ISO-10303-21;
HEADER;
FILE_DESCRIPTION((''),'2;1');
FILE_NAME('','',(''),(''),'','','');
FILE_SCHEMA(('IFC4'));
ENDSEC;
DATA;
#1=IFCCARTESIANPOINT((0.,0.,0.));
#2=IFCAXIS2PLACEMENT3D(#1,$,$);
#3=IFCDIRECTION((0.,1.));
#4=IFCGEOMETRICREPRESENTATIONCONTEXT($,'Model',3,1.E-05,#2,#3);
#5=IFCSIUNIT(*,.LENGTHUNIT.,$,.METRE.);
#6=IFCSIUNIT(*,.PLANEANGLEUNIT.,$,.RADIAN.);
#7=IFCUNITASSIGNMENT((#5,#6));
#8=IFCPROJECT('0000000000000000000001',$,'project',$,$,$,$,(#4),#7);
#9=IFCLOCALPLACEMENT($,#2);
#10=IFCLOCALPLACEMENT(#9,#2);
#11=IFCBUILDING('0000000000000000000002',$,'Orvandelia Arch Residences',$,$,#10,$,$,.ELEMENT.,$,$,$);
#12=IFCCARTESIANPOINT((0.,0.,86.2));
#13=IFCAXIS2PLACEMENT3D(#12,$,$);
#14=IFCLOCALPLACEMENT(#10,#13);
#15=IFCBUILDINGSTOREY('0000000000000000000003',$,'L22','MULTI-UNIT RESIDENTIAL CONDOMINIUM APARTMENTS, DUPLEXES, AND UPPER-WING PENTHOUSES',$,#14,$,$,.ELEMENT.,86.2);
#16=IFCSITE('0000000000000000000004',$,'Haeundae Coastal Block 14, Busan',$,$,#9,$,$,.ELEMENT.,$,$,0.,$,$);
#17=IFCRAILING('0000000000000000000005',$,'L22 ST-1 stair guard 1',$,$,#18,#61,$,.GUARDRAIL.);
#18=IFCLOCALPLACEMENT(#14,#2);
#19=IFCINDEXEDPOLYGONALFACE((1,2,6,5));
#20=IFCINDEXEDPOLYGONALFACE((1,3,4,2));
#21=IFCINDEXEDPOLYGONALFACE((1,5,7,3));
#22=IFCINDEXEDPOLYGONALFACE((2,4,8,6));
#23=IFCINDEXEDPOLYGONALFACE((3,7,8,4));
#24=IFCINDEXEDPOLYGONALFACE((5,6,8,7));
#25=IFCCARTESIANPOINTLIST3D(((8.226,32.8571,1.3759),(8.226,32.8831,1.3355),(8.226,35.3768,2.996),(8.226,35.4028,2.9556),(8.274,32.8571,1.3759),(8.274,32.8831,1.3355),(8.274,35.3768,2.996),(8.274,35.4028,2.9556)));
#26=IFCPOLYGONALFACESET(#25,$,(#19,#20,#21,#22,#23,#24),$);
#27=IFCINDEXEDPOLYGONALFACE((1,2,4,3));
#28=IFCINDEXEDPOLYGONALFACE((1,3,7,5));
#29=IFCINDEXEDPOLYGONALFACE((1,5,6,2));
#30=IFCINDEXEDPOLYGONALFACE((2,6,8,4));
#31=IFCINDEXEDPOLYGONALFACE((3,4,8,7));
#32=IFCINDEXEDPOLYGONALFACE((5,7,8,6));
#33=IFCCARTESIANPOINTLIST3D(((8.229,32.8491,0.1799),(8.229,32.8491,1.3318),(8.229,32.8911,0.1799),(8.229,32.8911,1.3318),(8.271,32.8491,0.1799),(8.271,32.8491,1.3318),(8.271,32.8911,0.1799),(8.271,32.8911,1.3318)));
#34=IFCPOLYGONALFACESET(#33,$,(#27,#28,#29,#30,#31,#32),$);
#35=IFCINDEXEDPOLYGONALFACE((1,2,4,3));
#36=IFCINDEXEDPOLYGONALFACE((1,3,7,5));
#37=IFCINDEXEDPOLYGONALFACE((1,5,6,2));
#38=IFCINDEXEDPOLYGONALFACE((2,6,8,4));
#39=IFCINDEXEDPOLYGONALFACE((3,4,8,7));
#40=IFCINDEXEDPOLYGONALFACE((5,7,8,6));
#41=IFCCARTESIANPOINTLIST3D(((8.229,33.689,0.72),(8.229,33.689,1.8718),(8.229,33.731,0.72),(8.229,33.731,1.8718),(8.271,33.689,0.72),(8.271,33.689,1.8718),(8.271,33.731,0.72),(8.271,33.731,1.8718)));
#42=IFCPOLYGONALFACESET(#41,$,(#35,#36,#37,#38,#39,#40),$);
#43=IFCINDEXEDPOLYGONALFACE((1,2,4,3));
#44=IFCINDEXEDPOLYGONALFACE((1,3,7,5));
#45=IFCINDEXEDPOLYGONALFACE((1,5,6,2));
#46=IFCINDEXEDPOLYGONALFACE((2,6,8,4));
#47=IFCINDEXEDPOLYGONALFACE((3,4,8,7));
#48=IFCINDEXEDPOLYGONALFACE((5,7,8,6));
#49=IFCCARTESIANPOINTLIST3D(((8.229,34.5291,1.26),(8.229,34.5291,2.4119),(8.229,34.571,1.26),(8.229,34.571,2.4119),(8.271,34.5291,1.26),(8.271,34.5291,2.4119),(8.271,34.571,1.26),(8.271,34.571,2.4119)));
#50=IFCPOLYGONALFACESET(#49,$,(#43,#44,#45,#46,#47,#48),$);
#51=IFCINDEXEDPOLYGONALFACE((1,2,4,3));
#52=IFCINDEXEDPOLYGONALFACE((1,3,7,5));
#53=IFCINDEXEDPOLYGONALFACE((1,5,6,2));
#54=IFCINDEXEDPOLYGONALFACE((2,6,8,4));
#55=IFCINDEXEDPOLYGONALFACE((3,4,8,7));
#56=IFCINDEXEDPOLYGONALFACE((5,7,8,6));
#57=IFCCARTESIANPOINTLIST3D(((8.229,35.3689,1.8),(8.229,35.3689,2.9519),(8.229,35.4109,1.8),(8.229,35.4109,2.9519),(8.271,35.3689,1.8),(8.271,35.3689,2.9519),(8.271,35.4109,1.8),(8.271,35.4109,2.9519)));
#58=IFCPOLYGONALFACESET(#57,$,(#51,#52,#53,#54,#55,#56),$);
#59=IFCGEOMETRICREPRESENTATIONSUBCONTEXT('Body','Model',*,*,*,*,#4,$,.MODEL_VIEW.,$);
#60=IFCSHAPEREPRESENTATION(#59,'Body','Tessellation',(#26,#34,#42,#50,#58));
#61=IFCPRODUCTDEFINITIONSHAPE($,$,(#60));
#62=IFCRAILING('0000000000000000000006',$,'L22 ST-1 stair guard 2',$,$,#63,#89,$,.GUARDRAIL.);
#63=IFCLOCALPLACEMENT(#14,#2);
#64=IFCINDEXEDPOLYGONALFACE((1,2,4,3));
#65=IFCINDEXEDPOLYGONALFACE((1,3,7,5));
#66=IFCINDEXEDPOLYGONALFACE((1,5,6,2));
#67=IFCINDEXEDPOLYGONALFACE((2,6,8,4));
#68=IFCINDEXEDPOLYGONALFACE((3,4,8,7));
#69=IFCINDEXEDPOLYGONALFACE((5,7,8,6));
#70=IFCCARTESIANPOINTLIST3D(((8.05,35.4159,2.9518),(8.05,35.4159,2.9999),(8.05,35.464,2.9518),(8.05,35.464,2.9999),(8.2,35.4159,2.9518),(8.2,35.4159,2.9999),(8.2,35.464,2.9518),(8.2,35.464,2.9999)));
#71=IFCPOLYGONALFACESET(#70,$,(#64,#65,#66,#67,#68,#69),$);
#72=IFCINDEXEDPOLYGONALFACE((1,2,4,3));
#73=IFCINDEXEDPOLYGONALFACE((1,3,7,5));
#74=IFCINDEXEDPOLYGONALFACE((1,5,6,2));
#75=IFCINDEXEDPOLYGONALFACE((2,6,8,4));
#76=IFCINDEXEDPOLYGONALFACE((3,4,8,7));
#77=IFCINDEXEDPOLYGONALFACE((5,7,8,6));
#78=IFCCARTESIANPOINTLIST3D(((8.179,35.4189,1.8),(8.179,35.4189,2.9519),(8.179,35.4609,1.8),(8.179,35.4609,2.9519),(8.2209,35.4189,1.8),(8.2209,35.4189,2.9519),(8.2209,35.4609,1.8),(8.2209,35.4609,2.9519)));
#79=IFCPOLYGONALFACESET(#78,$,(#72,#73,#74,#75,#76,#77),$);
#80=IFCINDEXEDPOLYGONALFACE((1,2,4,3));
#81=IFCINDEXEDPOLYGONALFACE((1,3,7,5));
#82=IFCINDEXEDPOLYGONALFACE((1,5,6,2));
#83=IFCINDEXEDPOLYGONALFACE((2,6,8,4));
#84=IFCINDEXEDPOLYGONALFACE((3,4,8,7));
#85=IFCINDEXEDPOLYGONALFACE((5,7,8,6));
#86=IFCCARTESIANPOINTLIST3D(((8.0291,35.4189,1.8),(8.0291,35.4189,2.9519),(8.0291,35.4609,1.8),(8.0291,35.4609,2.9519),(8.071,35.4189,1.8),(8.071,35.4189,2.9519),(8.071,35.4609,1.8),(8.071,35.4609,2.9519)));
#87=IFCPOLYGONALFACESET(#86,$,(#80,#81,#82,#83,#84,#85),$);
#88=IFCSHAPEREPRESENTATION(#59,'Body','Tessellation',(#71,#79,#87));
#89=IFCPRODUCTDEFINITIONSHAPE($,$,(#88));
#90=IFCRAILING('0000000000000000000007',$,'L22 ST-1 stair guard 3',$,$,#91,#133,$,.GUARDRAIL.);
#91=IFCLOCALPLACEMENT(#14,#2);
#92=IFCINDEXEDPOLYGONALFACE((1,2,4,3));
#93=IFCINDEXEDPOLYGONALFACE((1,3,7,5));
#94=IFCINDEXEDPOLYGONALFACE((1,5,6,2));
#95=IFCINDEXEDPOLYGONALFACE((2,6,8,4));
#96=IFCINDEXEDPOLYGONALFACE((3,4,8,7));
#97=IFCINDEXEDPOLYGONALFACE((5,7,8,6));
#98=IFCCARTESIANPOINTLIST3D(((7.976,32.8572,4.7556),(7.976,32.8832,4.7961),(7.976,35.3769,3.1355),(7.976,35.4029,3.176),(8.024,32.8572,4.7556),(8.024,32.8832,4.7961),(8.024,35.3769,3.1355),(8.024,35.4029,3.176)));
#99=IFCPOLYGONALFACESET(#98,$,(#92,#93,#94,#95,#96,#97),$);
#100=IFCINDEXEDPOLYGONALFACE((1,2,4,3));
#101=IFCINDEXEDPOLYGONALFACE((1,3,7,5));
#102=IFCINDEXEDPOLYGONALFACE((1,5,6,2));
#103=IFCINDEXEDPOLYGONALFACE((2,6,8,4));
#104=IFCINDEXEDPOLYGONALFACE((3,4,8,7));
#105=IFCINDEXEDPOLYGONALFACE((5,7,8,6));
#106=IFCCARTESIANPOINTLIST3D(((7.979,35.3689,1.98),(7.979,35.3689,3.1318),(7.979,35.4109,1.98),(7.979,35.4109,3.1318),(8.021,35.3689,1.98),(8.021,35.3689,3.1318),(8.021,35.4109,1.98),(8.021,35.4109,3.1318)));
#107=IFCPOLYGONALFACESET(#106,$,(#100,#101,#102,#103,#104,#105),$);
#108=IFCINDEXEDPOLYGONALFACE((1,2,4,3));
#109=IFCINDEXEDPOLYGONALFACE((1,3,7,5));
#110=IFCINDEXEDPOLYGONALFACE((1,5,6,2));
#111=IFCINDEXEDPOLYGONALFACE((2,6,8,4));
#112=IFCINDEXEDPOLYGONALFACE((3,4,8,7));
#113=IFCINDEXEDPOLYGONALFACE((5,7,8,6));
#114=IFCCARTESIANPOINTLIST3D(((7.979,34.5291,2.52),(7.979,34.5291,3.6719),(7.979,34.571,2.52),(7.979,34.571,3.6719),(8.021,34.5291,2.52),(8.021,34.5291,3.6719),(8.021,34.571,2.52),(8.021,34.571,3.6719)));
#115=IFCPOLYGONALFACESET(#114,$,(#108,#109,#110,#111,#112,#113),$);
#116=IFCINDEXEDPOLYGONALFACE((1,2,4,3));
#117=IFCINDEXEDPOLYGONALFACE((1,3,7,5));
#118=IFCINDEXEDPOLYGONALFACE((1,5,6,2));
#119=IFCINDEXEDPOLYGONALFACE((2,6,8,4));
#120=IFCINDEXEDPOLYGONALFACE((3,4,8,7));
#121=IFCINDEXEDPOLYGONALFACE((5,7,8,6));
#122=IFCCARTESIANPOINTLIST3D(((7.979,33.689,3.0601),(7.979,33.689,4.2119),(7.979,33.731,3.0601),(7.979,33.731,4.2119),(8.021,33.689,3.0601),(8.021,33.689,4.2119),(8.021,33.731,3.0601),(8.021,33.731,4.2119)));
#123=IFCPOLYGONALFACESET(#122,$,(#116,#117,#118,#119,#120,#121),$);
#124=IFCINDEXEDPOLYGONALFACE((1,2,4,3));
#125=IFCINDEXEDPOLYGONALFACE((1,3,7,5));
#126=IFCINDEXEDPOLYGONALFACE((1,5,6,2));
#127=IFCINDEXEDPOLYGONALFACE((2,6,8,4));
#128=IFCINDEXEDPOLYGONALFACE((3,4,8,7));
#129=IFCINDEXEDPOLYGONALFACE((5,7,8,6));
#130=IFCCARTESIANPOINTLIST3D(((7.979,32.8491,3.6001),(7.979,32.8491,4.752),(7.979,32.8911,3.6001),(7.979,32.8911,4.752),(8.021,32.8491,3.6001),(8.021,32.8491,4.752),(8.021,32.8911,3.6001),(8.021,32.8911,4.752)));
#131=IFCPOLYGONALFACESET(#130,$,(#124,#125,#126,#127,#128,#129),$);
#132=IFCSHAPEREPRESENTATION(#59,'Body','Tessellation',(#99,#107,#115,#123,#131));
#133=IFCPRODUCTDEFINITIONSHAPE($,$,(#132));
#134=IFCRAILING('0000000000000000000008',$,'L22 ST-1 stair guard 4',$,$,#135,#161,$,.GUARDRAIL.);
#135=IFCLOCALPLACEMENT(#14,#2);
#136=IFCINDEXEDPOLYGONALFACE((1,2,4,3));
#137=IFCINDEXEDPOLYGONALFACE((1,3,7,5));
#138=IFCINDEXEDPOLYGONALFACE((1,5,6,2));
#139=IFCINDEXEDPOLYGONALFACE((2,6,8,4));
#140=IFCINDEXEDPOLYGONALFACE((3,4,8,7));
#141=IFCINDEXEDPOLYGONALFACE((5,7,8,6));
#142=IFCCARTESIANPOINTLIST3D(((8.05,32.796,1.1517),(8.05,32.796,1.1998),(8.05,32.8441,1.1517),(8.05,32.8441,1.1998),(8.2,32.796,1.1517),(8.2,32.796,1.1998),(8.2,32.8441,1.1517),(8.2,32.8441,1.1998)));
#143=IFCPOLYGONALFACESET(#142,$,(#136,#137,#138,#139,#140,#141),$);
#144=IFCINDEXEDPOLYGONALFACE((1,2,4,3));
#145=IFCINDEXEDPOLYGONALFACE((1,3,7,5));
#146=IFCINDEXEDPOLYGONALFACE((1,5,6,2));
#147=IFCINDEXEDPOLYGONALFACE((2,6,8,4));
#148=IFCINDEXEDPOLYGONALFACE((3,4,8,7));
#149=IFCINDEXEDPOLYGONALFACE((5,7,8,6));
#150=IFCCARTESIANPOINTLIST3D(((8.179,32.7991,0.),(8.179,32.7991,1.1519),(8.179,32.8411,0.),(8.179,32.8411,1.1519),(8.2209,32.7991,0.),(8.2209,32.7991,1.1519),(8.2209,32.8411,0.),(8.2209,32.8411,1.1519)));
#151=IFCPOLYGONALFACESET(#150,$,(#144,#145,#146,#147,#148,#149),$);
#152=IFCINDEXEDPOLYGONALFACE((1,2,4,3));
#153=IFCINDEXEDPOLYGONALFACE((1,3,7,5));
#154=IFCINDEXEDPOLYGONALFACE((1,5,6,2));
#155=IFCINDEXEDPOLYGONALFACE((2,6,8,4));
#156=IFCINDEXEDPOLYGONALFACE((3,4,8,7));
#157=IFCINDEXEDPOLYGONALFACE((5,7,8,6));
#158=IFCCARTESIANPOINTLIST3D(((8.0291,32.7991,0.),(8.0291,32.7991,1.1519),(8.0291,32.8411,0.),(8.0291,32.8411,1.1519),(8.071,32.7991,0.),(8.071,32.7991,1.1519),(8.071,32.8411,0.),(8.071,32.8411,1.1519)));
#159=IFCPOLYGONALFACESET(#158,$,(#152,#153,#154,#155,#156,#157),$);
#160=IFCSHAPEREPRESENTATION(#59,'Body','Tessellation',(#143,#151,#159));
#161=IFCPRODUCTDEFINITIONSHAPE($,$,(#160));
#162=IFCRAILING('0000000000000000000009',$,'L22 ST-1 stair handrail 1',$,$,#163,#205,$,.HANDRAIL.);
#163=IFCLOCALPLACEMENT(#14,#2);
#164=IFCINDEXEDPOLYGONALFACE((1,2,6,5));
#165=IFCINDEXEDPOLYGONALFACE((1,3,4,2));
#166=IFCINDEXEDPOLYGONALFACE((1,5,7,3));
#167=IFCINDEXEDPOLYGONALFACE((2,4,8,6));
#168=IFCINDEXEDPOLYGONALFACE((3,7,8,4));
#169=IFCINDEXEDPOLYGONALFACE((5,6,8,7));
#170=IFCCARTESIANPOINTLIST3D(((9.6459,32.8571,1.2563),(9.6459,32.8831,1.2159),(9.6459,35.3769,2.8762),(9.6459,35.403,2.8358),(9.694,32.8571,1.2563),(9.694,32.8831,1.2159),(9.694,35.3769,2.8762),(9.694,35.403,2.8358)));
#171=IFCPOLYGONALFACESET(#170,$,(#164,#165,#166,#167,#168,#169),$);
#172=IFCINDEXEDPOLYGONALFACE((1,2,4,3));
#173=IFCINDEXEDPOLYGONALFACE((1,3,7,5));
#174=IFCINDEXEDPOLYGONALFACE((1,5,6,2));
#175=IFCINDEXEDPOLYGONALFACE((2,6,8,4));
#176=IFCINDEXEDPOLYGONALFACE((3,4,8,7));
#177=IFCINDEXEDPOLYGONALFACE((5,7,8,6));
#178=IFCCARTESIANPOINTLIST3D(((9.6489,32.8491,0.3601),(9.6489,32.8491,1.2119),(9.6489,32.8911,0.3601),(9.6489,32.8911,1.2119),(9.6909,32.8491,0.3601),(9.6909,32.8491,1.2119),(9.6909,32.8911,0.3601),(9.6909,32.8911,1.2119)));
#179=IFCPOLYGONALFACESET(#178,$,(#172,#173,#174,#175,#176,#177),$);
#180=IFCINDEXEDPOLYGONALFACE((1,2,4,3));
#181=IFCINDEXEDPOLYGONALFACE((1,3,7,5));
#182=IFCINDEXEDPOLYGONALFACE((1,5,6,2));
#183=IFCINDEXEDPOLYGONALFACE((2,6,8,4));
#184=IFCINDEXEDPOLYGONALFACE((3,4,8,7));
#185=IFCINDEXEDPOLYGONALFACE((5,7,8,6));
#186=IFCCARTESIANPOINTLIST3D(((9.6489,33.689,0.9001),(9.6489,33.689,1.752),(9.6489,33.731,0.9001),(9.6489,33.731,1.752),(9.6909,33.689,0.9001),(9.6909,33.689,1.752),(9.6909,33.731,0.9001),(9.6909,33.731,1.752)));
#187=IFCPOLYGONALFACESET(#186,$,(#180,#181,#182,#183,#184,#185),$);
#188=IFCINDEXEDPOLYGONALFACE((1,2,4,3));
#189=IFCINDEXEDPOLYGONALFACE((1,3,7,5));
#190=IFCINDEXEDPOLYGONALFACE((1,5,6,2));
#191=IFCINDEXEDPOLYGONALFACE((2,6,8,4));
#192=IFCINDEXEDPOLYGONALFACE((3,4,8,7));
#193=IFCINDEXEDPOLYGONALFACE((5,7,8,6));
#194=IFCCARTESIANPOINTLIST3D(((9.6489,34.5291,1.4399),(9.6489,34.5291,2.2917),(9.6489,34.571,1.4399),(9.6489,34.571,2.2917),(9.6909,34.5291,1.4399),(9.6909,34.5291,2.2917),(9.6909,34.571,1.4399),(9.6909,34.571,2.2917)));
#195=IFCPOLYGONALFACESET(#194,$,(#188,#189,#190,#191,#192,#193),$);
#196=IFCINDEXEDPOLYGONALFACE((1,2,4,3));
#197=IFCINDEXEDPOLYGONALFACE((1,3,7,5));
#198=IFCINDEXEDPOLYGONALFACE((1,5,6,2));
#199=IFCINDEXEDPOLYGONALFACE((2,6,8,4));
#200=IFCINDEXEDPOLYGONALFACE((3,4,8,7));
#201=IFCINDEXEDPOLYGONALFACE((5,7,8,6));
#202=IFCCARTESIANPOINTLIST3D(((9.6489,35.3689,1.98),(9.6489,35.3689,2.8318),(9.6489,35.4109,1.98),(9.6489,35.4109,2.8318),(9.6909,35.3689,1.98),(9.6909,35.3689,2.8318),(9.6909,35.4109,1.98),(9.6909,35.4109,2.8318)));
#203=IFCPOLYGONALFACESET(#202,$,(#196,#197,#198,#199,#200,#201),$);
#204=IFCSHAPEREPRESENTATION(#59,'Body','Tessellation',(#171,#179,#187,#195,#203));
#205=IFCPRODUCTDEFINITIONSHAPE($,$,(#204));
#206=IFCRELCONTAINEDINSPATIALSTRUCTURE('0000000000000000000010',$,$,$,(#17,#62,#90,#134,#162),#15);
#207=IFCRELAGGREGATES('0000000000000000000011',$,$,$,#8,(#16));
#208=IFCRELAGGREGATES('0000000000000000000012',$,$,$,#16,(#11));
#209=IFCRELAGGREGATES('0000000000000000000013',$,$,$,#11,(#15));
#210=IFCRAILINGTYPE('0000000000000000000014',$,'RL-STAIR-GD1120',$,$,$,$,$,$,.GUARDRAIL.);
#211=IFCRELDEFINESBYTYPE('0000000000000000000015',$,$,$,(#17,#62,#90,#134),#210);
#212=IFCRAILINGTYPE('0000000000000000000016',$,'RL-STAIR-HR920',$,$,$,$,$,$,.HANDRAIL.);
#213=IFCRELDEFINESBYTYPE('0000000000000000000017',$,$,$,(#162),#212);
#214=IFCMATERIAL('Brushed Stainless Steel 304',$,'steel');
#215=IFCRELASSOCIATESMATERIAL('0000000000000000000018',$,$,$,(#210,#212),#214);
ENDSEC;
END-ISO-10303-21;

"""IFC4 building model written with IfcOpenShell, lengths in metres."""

from ifc_helpers import new_model, si_unit, direction, frame, origin, origin_2d, place, context, subcontext, project, spatial, rectangle, extrude, material, type_object, element, save


model = new_model("IFC4")

# Units and contexts
model_context = context("Model", 3, precision=1e-05, world=origin(), true_north=direction((0.0, 1.0)))
body_context = subcontext(model_context, "Body", "Model", "MODEL_VIEW")
ifc_project = project(units=[si_unit("LENGTHUNIT", "METRE"), si_unit("PLANEANGLEUNIT", "RADIAN")], contexts=[model_context])

# Site, building, storey
site_placement = place(None, origin())
site = spatial("IfcSite", under=ifc_project, at=site_placement, Name="Haeundae Coastal Block 14, Busan", CompositionType="ELEMENT", RefElevation=0.0)
building_placement = place(site_placement, origin())
building = spatial("IfcBuilding", under=site, at=building_placement, Name="Orvandelia Arch Residences", CompositionType="ELEMENT")
storey_placement = place(building_placement, frame((0.0, 0.0, 86.2)))
storey = spatial("IfcBuildingStorey", under=building, at=storey_placement, Name="L22", Description="MULTI-UNIT RESIDENTIAL CONDOMINIUM APARTMENTS, DUPLEXES, AND UPPER-WING PENTHOUSES", CompositionType="ELEMENT", Elevation=86.2)

# Railings
ifc_material_1 = material(Name="Brushed Stainless Steel 304", Category="steel")
railing_type_1 = type_object("IfcRailingType", Name="RL-STAIR-GD1120", PredefinedType="GUARDRAIL", material=ifc_material_1)
railing_1_placement = place(storey_placement, frame((8.25, 32.8701, 0.1799)))
element("IfcRailing", 1, at=railing_1_placement, inside=storey, type_object=railing_type_1, Name="L22 ST-1 stair guard 1", PredefinedType="GUARDRAIL", context=body_context, shape_type="SweptSolid", body=[
    extrude(rectangle(XDim=0.0481, YDim=0.0481, at=origin_2d()), frame((0.0, 0.0, 1.1758), z_axis=(0.0, 0.841139, 0.540819), x_axis=(-1.0, 0.0, 0.0)), (0.0, 0.0, 1.0), 2.9956),
    extrude(rectangle(XDim=0.042, YDim=0.042, at=origin_2d()), origin(), (0.0, 0.0, 1.0), 1.1519),
    extrude(rectangle(XDim=0.042, YDim=0.042, at=origin_2d()), frame((0.0, 0.8398, 0.54)), (0.0, 0.0, 1.0), 1.1519),
    extrude(rectangle(XDim=0.042, YDim=0.042, at=origin_2d()), frame((0.0, 1.6799, 1.0801)), (0.0, 0.0, 1.0), 1.1519),
    extrude(rectangle(XDim=0.042, YDim=0.042, at=origin_2d()), frame((0.0, 2.5198, 1.6201)), (0.0, 0.0, 1.0), 1.1519),
])
railing_2_placement = place(storey_placement, frame((8.2, 35.4399, 1.8)))
element("IfcRailing", 2, at=railing_2_placement, inside=storey, type_object=railing_type_1, Name="L22 ST-1 stair guard 2", PredefinedType="GUARDRAIL", context=body_context, shape_type="SweptSolid", body=[
    extrude(rectangle(XDim=0.0481, YDim=0.0481, at=origin_2d()), frame((0.0, 0.0, 1.1758), z_axis=(-1.0, 0.0, 0.0), x_axis=(0.0, -1.0, 0.0)), (0.0, 0.0, 1.0), 0.1499),
    extrude(rectangle(XDim=0.042, YDim=0.042, at=origin_2d()), origin(), (0.0, 0.0, 1.0), 1.1519),
    extrude(rectangle(XDim=0.042, YDim=0.042, at=origin_2d()), frame((-0.1499, 0.0, 0.0)), (0.0, 0.0, 1.0), 1.1519),
])
railing_3_placement = place(storey_placement, frame((8.0, 35.3899, 1.98)))
element("IfcRailing", 3, at=railing_3_placement, inside=storey, type_object=railing_type_1, Name="L22 ST-1 stair guard 3", PredefinedType="GUARDRAIL", context=body_context, shape_type="SweptSolid", body=[
    extrude(rectangle(XDim=0.0481, YDim=0.0481, at=origin_2d()), frame((0.0, 0.0, 1.1758), z_axis=(0.0, -0.841139, 0.540819), x_axis=(1.0, 0.0, 0.0)), (0.0, 0.0, 1.0), 2.9956),
    extrude(rectangle(XDim=0.042, YDim=0.042, at=origin_2d()), origin(), (0.0, 0.0, 1.0), 1.1519),
    extrude(rectangle(XDim=0.042, YDim=0.042, at=origin_2d()), frame((0.0, -0.8398, 0.54)), (0.0, 0.0, 1.0), 1.1519),
    extrude(rectangle(XDim=0.042, YDim=0.042, at=origin_2d()), frame((0.0, -1.6799, 1.0801)), (0.0, 0.0, 1.0), 1.1519),
    extrude(rectangle(XDim=0.042, YDim=0.042, at=origin_2d()), frame((0.0, -2.5198, 1.6201)), (0.0, 0.0, 1.0), 1.1519),
])
railing_4_placement = place(storey_placement, frame((8.2, 32.8201, 0.0)))
element("IfcRailing", 4, at=railing_4_placement, inside=storey, type_object=railing_type_1, Name="L22 ST-1 stair guard 4", PredefinedType="GUARDRAIL", context=body_context, shape_type="SweptSolid", body=[
    extrude(rectangle(XDim=0.0481, YDim=0.0481, at=origin_2d()), frame((0.0, 0.0, 1.1758), z_axis=(-1.0, 0.0, 0.0), x_axis=(0.0, -1.0, 0.0)), (0.0, 0.0, 1.0), 0.1499),
    extrude(rectangle(XDim=0.042, YDim=0.042, at=origin_2d()), origin(), (0.0, 0.0, 1.0), 1.1519),
    extrude(rectangle(XDim=0.042, YDim=0.042, at=origin_2d()), frame((-0.1499, 0.0, 0.0)), (0.0, 0.0, 1.0), 1.1519),
])
railing_type_2 = type_object("IfcRailingType", Name="RL-STAIR-HR920", PredefinedType="HANDRAIL", material=ifc_material_1)
railing_5_placement = place(storey_placement, frame((9.6699, 32.8701, 0.3601)))
element("IfcRailing", 5, at=railing_5_placement, inside=storey, type_object=railing_type_2, Name="L22 ST-1 stair handrail 1", PredefinedType="HANDRAIL", context=body_context, shape_type="SweptSolid", body=[
    extrude(rectangle(XDim=0.0481, YDim=0.0481, at=origin_2d()), frame((0.0, 0.0, 0.876), z_axis=(0.0, 0.841176, 0.540762), x_axis=(-1.0, 0.0, 0.0)), (0.0, 0.0, 1.0), 2.9956),
    extrude(rectangle(XDim=0.042, YDim=0.042, at=origin_2d()), origin(), (0.0, 0.0, 1.0), 0.8518),
    extrude(rectangle(XDim=0.042, YDim=0.042, at=origin_2d()), frame((0.0, 0.8398, 0.54)), (0.0, 0.0, 1.0), 0.8518),
    extrude(rectangle(XDim=0.042, YDim=0.042, at=origin_2d()), frame((0.0, 1.6799, 1.0798)), (0.0, 0.0, 1.0), 0.8518),
    extrude(rectangle(XDim=0.042, YDim=0.042, at=origin_2d()), frame((0.0, 2.5198, 1.6199)), (0.0, 0.0, 1.0), 0.8518),
])

save(model, "model.ifc")
